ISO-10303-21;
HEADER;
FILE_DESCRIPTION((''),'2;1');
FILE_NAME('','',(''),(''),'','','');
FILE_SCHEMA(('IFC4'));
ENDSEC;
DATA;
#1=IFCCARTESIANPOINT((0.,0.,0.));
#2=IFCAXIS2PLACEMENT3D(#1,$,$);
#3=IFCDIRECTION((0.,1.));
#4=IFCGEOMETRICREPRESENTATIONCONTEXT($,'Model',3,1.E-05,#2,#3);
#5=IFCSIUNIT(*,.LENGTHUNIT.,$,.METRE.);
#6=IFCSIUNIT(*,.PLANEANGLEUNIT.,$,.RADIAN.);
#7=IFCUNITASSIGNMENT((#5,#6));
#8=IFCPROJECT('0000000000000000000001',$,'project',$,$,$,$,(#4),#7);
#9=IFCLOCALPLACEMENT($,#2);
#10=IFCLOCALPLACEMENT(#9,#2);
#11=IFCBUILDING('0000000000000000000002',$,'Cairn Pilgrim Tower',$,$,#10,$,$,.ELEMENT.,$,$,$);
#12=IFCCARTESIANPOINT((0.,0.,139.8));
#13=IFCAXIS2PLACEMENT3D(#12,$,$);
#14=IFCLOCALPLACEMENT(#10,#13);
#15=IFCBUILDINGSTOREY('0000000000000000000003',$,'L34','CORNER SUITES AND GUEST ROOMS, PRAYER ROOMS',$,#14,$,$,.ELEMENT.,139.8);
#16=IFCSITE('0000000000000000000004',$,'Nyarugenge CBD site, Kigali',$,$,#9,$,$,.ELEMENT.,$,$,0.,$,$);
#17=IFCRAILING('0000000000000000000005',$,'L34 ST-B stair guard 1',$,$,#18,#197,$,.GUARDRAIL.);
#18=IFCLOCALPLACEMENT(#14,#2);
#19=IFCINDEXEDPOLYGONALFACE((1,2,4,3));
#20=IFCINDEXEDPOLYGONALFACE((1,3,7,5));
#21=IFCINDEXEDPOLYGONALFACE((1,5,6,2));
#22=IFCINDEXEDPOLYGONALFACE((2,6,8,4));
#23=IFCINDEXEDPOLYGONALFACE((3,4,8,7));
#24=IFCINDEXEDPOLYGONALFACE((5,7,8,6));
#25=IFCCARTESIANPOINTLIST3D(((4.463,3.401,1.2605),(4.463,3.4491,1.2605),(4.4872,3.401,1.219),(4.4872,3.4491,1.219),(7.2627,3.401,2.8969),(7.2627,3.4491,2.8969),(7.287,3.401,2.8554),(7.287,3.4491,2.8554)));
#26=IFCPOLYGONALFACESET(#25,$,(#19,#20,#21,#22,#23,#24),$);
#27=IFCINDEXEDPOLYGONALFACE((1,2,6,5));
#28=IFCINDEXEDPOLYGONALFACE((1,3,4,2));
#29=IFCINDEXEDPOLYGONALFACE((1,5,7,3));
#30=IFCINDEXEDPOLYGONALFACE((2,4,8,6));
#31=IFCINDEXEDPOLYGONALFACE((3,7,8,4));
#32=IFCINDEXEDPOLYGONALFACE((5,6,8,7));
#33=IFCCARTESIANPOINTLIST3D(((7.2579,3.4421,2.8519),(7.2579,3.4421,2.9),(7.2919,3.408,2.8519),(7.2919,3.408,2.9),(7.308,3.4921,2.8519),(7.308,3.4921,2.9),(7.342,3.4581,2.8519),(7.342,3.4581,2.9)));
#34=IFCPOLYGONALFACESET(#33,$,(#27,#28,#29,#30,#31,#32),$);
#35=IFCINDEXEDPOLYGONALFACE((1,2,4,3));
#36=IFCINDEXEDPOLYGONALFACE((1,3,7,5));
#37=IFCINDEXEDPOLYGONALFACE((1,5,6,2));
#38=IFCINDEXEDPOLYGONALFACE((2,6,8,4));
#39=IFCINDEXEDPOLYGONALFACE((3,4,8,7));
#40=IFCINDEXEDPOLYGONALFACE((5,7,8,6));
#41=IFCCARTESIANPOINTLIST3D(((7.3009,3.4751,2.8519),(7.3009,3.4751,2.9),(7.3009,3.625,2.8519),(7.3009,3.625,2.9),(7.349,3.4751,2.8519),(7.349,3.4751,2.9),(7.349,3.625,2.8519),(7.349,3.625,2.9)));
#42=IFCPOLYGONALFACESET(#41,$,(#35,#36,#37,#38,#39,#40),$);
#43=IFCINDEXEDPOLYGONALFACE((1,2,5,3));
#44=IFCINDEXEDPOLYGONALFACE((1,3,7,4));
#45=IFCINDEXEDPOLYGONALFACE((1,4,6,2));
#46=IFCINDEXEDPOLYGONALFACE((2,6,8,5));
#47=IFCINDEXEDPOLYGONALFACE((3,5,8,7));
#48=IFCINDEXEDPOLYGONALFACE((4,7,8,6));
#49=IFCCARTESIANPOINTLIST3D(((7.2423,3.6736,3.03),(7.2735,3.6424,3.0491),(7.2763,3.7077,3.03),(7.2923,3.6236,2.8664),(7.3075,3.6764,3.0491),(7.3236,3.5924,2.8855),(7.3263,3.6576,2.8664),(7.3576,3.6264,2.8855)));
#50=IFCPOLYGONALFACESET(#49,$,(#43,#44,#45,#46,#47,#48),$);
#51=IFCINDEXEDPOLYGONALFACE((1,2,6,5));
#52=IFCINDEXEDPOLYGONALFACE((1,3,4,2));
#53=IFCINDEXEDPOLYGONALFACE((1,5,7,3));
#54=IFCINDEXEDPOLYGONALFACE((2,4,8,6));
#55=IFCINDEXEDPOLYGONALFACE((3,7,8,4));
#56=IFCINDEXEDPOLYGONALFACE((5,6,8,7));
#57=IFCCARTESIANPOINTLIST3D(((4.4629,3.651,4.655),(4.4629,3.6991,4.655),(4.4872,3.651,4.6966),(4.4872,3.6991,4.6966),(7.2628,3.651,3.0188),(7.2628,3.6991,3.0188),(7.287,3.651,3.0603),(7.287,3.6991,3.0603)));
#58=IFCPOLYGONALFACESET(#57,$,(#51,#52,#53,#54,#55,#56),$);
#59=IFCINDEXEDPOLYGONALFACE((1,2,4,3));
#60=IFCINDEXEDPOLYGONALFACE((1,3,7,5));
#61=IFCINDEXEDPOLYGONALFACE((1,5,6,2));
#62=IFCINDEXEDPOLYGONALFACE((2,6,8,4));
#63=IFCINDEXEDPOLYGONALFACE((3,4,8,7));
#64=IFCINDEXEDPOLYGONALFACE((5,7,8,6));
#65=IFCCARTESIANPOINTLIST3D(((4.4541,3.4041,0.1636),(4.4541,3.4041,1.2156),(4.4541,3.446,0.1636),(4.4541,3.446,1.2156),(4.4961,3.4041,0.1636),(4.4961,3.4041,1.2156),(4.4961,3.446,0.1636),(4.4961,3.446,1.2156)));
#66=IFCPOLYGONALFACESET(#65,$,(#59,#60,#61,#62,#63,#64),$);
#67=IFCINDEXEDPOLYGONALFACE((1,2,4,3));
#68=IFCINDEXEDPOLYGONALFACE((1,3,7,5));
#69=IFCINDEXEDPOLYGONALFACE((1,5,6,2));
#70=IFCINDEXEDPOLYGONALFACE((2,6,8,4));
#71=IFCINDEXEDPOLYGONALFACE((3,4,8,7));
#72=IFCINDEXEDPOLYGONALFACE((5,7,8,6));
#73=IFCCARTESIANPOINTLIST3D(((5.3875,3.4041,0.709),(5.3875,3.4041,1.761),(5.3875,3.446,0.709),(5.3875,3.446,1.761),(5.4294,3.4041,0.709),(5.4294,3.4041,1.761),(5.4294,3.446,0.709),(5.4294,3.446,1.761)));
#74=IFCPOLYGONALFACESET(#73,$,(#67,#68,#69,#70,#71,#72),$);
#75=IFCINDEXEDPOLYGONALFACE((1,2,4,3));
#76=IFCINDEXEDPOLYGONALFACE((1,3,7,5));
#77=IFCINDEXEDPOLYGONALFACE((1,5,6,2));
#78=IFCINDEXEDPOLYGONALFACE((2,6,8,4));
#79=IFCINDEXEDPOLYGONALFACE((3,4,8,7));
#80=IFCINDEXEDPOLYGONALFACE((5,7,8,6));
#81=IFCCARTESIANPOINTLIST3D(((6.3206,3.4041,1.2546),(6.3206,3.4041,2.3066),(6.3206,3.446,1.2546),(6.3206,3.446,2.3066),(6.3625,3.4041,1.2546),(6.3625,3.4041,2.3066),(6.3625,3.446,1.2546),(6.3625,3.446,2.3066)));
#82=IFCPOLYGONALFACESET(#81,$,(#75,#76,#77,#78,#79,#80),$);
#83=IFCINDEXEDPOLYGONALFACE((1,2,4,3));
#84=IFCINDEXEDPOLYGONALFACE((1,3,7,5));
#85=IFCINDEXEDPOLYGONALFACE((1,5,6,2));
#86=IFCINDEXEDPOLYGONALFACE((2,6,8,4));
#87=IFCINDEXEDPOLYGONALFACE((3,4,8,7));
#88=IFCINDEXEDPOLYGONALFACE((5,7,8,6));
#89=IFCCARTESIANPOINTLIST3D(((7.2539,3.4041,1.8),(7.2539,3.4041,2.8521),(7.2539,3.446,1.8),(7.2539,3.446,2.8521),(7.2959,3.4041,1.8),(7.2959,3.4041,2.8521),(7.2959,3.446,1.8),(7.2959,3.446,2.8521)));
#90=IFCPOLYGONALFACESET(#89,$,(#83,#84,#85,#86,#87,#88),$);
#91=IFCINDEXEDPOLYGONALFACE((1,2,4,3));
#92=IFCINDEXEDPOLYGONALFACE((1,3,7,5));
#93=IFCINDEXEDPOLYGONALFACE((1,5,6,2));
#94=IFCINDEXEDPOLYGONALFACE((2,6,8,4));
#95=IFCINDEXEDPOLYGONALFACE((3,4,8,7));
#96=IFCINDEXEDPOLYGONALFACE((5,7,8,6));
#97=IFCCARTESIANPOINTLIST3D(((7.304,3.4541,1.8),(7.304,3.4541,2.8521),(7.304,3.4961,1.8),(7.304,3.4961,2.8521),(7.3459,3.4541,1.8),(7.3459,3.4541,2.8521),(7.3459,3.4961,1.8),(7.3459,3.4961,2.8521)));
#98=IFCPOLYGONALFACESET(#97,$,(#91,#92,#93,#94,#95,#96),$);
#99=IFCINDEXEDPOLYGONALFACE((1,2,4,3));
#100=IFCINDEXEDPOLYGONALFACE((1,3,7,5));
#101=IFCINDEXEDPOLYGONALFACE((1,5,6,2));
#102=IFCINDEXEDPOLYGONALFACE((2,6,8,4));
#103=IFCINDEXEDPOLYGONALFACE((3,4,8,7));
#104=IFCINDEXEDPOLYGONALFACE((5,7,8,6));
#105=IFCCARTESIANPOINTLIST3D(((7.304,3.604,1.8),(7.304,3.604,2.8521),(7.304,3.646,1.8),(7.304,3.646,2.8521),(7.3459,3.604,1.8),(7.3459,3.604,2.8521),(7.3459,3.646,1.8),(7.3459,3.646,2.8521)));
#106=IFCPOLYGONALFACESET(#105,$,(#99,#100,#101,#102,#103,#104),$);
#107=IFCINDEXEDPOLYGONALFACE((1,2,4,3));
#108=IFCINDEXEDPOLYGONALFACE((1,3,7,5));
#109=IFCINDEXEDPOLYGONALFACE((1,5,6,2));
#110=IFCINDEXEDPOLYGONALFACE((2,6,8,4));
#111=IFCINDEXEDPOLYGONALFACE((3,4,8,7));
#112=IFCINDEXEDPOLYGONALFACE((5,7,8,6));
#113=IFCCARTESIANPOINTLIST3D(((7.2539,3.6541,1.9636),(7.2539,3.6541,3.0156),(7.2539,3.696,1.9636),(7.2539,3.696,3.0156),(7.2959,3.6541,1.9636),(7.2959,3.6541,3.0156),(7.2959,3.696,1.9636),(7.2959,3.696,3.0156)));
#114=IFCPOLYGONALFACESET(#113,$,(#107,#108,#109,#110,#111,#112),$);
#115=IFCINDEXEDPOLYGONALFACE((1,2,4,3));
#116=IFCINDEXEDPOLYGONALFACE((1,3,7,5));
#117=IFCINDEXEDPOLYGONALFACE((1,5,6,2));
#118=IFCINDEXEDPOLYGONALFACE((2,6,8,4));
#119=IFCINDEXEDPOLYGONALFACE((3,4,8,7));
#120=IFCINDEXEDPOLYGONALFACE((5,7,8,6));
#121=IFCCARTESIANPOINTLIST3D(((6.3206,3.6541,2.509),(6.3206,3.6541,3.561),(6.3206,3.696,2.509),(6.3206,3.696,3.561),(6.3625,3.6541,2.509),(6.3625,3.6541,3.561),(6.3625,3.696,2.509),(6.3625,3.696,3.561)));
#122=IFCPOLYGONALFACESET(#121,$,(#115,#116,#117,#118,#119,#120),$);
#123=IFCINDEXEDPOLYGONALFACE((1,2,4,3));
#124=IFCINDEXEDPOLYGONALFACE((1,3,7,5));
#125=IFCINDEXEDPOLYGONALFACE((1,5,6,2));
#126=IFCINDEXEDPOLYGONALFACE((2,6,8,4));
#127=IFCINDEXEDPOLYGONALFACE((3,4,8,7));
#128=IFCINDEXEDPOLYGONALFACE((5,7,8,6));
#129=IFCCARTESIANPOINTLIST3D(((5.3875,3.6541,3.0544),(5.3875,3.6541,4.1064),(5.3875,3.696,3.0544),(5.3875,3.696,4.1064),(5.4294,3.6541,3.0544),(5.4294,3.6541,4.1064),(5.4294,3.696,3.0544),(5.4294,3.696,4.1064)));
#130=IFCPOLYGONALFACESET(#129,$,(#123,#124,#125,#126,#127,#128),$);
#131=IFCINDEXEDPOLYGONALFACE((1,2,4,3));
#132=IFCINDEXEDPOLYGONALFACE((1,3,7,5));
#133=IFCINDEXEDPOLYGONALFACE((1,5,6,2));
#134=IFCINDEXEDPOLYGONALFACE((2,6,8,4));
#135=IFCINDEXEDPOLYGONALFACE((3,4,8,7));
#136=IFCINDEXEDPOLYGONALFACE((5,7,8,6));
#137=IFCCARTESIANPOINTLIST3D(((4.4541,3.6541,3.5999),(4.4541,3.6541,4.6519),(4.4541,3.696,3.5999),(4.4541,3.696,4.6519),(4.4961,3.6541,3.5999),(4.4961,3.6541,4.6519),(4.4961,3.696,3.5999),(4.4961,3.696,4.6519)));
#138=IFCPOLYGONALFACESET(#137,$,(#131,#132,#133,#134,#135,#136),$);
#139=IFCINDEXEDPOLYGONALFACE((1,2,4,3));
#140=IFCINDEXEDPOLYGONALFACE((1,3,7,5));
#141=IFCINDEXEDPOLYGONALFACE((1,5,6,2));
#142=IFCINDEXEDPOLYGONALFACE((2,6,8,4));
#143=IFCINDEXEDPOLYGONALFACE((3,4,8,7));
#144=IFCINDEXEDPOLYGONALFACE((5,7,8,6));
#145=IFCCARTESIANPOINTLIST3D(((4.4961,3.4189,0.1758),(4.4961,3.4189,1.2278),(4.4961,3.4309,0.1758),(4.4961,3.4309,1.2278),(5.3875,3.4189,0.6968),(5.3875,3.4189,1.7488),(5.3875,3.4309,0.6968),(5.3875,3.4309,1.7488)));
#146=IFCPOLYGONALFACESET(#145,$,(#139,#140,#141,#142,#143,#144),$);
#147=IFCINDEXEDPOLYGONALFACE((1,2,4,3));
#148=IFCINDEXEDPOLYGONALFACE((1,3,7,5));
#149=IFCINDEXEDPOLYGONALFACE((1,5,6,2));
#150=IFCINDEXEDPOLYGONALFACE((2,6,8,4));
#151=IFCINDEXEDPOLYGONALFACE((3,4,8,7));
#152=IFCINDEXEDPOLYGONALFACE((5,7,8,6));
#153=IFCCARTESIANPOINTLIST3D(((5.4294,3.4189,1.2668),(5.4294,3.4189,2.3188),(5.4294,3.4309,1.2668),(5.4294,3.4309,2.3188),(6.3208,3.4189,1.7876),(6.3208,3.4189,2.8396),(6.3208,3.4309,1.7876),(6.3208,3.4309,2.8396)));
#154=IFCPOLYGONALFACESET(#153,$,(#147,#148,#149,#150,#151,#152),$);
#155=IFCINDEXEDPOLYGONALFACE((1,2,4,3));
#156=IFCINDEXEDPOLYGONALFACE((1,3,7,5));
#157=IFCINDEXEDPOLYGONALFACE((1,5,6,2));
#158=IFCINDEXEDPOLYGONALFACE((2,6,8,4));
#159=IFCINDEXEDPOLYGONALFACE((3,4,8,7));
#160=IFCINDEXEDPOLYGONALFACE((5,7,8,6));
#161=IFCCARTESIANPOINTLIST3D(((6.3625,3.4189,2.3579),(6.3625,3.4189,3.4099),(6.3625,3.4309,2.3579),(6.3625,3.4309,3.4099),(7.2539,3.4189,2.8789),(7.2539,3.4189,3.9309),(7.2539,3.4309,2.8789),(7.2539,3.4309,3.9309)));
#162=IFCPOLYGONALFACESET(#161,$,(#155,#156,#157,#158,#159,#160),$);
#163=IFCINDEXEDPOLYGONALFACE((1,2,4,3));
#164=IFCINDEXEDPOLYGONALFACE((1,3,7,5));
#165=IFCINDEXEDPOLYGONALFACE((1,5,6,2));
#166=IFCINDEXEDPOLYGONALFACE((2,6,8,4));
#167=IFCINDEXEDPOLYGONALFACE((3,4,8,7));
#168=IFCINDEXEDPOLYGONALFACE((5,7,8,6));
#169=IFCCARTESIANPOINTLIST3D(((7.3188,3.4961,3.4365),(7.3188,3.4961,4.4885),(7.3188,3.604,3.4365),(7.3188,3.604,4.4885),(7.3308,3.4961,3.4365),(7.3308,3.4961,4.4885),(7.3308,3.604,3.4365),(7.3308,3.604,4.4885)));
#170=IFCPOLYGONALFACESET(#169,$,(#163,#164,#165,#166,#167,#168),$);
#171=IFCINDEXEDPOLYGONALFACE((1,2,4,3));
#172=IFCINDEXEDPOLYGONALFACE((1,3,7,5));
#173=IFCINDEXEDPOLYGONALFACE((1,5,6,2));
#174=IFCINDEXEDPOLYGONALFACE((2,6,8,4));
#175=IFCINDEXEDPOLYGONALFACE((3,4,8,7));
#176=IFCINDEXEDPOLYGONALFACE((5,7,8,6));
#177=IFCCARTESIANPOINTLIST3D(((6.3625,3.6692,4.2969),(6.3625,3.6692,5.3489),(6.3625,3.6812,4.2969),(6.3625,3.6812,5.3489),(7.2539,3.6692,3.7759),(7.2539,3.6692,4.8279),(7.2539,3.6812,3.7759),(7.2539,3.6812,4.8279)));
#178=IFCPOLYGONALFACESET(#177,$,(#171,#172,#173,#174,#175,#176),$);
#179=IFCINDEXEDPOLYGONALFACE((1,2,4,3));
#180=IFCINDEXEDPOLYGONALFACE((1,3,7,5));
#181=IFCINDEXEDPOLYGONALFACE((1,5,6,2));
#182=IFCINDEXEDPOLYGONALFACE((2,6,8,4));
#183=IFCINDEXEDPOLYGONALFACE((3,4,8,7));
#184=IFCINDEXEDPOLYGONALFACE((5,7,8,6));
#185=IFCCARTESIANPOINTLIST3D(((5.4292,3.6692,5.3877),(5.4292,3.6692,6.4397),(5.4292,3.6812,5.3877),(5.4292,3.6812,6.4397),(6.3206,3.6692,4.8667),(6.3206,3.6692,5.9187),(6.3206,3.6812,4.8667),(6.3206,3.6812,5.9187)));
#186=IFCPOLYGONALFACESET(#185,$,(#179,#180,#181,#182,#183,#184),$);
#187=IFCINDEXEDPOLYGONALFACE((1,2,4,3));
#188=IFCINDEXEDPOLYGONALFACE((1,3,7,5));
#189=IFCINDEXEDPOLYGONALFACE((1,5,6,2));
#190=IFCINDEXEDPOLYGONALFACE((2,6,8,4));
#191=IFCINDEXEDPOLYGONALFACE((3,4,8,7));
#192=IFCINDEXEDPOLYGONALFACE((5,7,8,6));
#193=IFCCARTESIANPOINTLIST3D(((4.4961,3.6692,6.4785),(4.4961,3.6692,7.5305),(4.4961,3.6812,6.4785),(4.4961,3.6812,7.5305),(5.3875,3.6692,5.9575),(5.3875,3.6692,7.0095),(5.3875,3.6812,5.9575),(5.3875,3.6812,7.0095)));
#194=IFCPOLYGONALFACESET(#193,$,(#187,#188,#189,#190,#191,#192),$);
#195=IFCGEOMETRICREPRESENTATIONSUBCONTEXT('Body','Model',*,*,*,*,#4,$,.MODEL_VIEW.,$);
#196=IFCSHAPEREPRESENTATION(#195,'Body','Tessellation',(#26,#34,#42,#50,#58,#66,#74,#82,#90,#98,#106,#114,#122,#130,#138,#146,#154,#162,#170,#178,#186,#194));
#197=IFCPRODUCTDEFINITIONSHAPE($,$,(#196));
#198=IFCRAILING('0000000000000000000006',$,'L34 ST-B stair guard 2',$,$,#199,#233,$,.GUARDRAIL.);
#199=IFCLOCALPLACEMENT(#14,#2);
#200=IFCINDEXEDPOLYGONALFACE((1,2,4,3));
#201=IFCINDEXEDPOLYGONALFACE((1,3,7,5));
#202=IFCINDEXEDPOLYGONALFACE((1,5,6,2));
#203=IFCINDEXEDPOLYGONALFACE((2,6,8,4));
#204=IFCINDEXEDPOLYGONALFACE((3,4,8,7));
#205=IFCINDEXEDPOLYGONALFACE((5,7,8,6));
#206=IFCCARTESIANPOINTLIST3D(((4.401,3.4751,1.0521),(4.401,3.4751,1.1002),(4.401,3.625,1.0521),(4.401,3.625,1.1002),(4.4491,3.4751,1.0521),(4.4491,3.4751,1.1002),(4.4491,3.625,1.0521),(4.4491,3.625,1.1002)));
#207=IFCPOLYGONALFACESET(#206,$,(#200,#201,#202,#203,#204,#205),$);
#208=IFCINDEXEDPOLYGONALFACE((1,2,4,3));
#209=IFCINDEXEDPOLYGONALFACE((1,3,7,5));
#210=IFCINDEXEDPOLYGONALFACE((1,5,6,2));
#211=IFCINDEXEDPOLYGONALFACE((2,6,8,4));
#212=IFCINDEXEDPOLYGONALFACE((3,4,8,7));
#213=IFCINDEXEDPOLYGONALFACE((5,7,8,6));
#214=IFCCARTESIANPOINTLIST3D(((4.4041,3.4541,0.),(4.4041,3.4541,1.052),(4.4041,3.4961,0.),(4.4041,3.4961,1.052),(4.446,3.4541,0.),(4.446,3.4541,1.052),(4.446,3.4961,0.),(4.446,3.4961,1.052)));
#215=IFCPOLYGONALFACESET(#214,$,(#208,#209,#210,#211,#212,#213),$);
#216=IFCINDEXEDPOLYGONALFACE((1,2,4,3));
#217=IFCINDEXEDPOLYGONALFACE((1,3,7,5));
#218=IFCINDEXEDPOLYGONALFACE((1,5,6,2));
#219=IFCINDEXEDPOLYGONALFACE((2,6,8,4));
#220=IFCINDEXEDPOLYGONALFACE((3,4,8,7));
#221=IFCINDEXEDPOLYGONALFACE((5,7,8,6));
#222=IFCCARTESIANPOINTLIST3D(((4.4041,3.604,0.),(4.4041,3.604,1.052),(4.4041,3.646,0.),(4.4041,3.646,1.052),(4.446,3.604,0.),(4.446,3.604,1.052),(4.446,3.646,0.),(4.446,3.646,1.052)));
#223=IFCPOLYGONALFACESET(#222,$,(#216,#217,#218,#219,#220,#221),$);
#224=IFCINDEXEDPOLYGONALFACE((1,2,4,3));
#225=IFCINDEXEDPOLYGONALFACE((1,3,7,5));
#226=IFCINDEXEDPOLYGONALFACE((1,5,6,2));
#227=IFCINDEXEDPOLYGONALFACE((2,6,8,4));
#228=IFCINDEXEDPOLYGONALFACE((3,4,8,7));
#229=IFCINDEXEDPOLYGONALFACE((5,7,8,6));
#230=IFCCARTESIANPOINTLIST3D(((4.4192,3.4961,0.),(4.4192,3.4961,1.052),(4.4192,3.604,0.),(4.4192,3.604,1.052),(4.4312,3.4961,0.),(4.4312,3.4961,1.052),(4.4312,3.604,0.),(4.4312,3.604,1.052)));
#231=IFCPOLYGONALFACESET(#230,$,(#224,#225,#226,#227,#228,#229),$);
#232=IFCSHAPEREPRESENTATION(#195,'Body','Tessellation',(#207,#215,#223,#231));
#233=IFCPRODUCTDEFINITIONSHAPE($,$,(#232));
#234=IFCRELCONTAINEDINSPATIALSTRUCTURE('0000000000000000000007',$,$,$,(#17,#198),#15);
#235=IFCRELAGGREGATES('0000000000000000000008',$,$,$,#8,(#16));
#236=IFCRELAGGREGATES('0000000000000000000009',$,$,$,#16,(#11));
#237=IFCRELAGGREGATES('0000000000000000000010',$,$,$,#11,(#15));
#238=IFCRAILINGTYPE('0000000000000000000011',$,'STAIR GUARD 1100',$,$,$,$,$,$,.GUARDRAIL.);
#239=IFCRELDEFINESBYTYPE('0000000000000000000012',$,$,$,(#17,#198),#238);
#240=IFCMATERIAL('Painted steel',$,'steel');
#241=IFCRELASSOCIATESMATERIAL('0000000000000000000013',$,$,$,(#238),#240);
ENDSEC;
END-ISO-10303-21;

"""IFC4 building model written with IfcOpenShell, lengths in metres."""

from ifc_helpers import new_model, si_unit, direction, frame, origin, origin_2d, place, context, subcontext, project, spatial, polyline, rectangle, outline, extrude, material, type_object, element, save


model = new_model("IFC4")

# Units and contexts
model_context = context("Model", 3, precision=1e-05, world=origin(), true_north=direction((0.0, 1.0)))
body_context = subcontext(model_context, "Body", "Model", "MODEL_VIEW")
ifc_project = project(units=[si_unit("LENGTHUNIT", "METRE"), si_unit("PLANEANGLEUNIT", "RADIAN")], contexts=[model_context])

# Site, building, storey
site_placement = place(None, origin())
site = spatial("IfcSite", under=ifc_project, at=site_placement, Name="Nyarugenge CBD site, Kigali", CompositionType="ELEMENT", RefElevation=0.0)
building_placement = place(site_placement, origin())
building = spatial("IfcBuilding", under=site, at=building_placement, Name="Cairn Pilgrim Tower", CompositionType="ELEMENT")
storey_placement = place(building_placement, frame((0.0, 0.0, 139.8)))
storey = spatial("IfcBuildingStorey", under=building, at=storey_placement, Name="L34", Description="CORNER SUITES AND GUEST ROOMS, PRAYER ROOMS", CompositionType="ELEMENT", Elevation=139.8)

# Shared definitions
ifc_material_1 = material(Name="Painted steel", Category="steel")

# Railings
railing_type_1 = type_object("IfcRailingType", Name="STAIR GUARD 1100", PredefinedType="GUARDRAIL", material=ifc_material_1)
railing_1_placement = place(storey_placement, frame((4.4751, 3.425, 0.1636)))
element("IfcRailing", 1, at=railing_1_placement, inside=storey, type_object=railing_type_1, Name="L34 ST-B stair guard 1", PredefinedType="GUARDRAIL", context=body_context, shape_type="SweptSolid", body=[
    extrude(rectangle(XDim=0.0481, YDim=0.0481, at=origin_2d()), frame((0.0, 0.0, 1.0762), z_axis=(0.863342, 0.0, 0.50462), x_axis=(0.0, 1.0, 0.0)), (0.0, 0.0, 1.0), 3.2429),
    extrude(rectangle(XDim=0.0481, YDim=0.0481, at=origin_2d()), frame((2.7998, 0.0, 2.7124), z_axis=(0.707107, 0.707107, 0.0), x_axis=(-0.707107, 0.707107, 0.0)), (0.0, 0.0, 1.0), 0.0708),
    extrude(rectangle(XDim=0.0481, YDim=0.0481, at=origin_2d()), frame((2.8499, 0.05, 2.7124), z_axis=(0.0, 1.0, 0.0), x_axis=(-1.0, 0.0, 0.0)), (0.0, 0.0, 1.0), 0.1499),
    extrude(rectangle(XDim=0.0481, YDim=0.0481, at=origin_2d()), frame((2.8499, 0.2, 2.7124), z_axis=(-0.280809, 0.280809, 0.917765), x_axis=(-0.707107, -0.707107, 0.0)), (0.0, 0.0, 1.0), 0.1782),
    extrude(rectangle(XDim=0.0481, YDim=0.0481, at=origin_2d()), frame((2.7998, 0.25, 2.876), z_axis=(-0.863374, 0.0, 0.504564), x_axis=(0.0, -1.0, 0.0)), (0.0, 0.0, 1.0), 3.2429),
    extrude(rectangle(XDim=0.042, YDim=0.042, at=origin_2d()), origin(), (0.0, 0.0, 1.0), 1.052),
    extrude(rectangle(XDim=0.042, YDim=0.042, at=origin_2d()), frame((0.9333, 0.0, 0.5454)), (0.0, 0.0, 1.0), 1.052),
    extrude(rectangle(XDim=0.042, YDim=0.042, at=origin_2d()), frame((1.8665, 0.0, 1.0911)), (0.0, 0.0, 1.0), 1.052),
    extrude(rectangle(XDim=0.042, YDim=0.042, at=origin_2d()), frame((2.7998, 0.0, 1.6365)), (0.0, 0.0, 1.0), 1.052),
    extrude(rectangle(XDim=0.042, YDim=0.042, at=origin_2d()), frame((2.8499, 0.05, 1.6365)), (0.0, 0.0, 1.0), 1.052),
    extrude(rectangle(XDim=0.042, YDim=0.042, at=origin_2d()), frame((2.8499, 0.2, 1.6365)), (0.0, 0.0, 1.0), 1.052),
    extrude(rectangle(XDim=0.042, YDim=0.042, at=origin_2d()), frame((2.7998, 0.25, 1.8)), (0.0, 0.0, 1.0), 1.052),
    extrude(rectangle(XDim=0.042, YDim=0.042, at=origin_2d()), frame((1.8665, 0.25, 2.3455)), (0.0, 0.0, 1.0), 1.052),
    extrude(rectangle(XDim=0.042, YDim=0.042, at=origin_2d()), frame((0.9333, 0.25, 2.8909)), (0.0, 0.0, 1.0), 1.052),
    extrude(rectangle(XDim=0.042, YDim=0.042, at=origin_2d()), frame((0.0, 0.25, 3.4363)), (0.0, 0.0, 1.0), 1.052),
    extrude(outline(polyline([(0.021, 0.0122), (0.9124, 0.5332), (0.9124, 1.5852), (0.021, 1.0642), (0.021, 0.0122)])), frame((0.0, 0.0059, 0.0), z_axis=(0.0, -1.0, 0.0), x_axis=(1.0, 0.0, 0.0)), (0.0, 0.0, 1.0), 0.012),
    extrude(outline(polyline([(0.021, 0.5579), (0.9124, 1.0786), (0.9124, 2.1306), (0.021, 1.6099), (0.021, 0.5579)])), frame((0.9333, 0.0059, 0.5454), z_axis=(0.0, -1.0, 0.0), x_axis=(1.0, 0.0, 0.0)), (0.0, 0.0, 1.0), 0.012),
    extrude(outline(polyline([(0.021, 1.1033), (0.9124, 1.6243), (0.9124, 2.6763), (0.021, 2.1553), (0.021, 1.1033)])), frame((1.8665, 0.0059, 1.0911), z_axis=(0.0, -1.0, 0.0), x_axis=(1.0, 0.0, 0.0)), (0.0, 0.0, 1.0), 0.012),
    extrude(outline(polyline([(0.021, 1.6365), (0.1289, 1.6365), (0.1289, 2.6885), (0.021, 2.6885), (0.021, 1.6365)])), frame((2.8438, 0.05, 1.6365), z_axis=(1.0, 0.0, 0.0), x_axis=(0.0, 1.0, 0.0)), (0.0, 0.0, 1.0), 0.012),
    extrude(outline(polyline([(0.021, 1.8123), (0.9124, 2.3333), (0.9124, 3.3853), (0.021, 2.8643), (0.021, 1.8123)])), frame((2.7998, 0.2441, 1.8), z_axis=(0.0, 1.0, 0.0), x_axis=(-1.0, 0.0, 0.0)), (0.0, 0.0, 1.0), 0.012),
    extrude(outline(polyline([(0.021, 2.3577), (0.9124, 2.8787), (0.9124, 3.9307), (0.021, 3.4097), (0.021, 2.3577)])), frame((1.8665, 0.2441, 2.3455), z_axis=(0.0, 1.0, 0.0), x_axis=(-1.0, 0.0, 0.0)), (0.0, 0.0, 1.0), 0.012),
    extrude(outline(polyline([(0.021, 2.9031), (0.9124, 3.4241), (0.9124, 4.4761), (0.021, 3.9551), (0.021, 2.9031)])), frame((0.9333, 0.2441, 2.8909), z_axis=(0.0, 1.0, 0.0), x_axis=(-1.0, 0.0, 0.0)), (0.0, 0.0, 1.0), 0.012),
])
railing_2_placement = place(storey_placement, frame((4.425, 3.4751, 0.0)))
element("IfcRailing", 2, at=railing_2_placement, inside=storey, type_object=railing_type_1, Name="L34 ST-B stair guard 2", PredefinedType="GUARDRAIL", context=body_context, shape_type="SweptSolid", body=[
    extrude(rectangle(XDim=0.0481, YDim=0.0481, at=origin_2d()), frame((0.0, 0.0, 1.0762), z_axis=(0.0, 1.0, 0.0), x_axis=(-1.0, 0.0, 0.0)), (0.0, 0.0, 1.0), 0.1499),
    extrude(rectangle(XDim=0.042, YDim=0.042, at=origin_2d()), origin(), (0.0, 0.0, 1.0), 1.052),
    extrude(rectangle(XDim=0.042, YDim=0.042, at=origin_2d()), frame((0.0, 0.1499, 0.0)), (0.0, 0.0, 1.0), 1.052),
    extrude(outline(polyline([(0.021, 0.0), (0.1289, 0.0), (0.1289, 1.052), (0.021, 1.052), (0.021, 0.0)])), frame((-0.0059, 0.0, 0.0), z_axis=(1.0, 0.0, 0.0), x_axis=(0.0, 1.0, 0.0)), (0.0, 0.0, 1.0), 0.012),
])

save(model, "model.ifc")
